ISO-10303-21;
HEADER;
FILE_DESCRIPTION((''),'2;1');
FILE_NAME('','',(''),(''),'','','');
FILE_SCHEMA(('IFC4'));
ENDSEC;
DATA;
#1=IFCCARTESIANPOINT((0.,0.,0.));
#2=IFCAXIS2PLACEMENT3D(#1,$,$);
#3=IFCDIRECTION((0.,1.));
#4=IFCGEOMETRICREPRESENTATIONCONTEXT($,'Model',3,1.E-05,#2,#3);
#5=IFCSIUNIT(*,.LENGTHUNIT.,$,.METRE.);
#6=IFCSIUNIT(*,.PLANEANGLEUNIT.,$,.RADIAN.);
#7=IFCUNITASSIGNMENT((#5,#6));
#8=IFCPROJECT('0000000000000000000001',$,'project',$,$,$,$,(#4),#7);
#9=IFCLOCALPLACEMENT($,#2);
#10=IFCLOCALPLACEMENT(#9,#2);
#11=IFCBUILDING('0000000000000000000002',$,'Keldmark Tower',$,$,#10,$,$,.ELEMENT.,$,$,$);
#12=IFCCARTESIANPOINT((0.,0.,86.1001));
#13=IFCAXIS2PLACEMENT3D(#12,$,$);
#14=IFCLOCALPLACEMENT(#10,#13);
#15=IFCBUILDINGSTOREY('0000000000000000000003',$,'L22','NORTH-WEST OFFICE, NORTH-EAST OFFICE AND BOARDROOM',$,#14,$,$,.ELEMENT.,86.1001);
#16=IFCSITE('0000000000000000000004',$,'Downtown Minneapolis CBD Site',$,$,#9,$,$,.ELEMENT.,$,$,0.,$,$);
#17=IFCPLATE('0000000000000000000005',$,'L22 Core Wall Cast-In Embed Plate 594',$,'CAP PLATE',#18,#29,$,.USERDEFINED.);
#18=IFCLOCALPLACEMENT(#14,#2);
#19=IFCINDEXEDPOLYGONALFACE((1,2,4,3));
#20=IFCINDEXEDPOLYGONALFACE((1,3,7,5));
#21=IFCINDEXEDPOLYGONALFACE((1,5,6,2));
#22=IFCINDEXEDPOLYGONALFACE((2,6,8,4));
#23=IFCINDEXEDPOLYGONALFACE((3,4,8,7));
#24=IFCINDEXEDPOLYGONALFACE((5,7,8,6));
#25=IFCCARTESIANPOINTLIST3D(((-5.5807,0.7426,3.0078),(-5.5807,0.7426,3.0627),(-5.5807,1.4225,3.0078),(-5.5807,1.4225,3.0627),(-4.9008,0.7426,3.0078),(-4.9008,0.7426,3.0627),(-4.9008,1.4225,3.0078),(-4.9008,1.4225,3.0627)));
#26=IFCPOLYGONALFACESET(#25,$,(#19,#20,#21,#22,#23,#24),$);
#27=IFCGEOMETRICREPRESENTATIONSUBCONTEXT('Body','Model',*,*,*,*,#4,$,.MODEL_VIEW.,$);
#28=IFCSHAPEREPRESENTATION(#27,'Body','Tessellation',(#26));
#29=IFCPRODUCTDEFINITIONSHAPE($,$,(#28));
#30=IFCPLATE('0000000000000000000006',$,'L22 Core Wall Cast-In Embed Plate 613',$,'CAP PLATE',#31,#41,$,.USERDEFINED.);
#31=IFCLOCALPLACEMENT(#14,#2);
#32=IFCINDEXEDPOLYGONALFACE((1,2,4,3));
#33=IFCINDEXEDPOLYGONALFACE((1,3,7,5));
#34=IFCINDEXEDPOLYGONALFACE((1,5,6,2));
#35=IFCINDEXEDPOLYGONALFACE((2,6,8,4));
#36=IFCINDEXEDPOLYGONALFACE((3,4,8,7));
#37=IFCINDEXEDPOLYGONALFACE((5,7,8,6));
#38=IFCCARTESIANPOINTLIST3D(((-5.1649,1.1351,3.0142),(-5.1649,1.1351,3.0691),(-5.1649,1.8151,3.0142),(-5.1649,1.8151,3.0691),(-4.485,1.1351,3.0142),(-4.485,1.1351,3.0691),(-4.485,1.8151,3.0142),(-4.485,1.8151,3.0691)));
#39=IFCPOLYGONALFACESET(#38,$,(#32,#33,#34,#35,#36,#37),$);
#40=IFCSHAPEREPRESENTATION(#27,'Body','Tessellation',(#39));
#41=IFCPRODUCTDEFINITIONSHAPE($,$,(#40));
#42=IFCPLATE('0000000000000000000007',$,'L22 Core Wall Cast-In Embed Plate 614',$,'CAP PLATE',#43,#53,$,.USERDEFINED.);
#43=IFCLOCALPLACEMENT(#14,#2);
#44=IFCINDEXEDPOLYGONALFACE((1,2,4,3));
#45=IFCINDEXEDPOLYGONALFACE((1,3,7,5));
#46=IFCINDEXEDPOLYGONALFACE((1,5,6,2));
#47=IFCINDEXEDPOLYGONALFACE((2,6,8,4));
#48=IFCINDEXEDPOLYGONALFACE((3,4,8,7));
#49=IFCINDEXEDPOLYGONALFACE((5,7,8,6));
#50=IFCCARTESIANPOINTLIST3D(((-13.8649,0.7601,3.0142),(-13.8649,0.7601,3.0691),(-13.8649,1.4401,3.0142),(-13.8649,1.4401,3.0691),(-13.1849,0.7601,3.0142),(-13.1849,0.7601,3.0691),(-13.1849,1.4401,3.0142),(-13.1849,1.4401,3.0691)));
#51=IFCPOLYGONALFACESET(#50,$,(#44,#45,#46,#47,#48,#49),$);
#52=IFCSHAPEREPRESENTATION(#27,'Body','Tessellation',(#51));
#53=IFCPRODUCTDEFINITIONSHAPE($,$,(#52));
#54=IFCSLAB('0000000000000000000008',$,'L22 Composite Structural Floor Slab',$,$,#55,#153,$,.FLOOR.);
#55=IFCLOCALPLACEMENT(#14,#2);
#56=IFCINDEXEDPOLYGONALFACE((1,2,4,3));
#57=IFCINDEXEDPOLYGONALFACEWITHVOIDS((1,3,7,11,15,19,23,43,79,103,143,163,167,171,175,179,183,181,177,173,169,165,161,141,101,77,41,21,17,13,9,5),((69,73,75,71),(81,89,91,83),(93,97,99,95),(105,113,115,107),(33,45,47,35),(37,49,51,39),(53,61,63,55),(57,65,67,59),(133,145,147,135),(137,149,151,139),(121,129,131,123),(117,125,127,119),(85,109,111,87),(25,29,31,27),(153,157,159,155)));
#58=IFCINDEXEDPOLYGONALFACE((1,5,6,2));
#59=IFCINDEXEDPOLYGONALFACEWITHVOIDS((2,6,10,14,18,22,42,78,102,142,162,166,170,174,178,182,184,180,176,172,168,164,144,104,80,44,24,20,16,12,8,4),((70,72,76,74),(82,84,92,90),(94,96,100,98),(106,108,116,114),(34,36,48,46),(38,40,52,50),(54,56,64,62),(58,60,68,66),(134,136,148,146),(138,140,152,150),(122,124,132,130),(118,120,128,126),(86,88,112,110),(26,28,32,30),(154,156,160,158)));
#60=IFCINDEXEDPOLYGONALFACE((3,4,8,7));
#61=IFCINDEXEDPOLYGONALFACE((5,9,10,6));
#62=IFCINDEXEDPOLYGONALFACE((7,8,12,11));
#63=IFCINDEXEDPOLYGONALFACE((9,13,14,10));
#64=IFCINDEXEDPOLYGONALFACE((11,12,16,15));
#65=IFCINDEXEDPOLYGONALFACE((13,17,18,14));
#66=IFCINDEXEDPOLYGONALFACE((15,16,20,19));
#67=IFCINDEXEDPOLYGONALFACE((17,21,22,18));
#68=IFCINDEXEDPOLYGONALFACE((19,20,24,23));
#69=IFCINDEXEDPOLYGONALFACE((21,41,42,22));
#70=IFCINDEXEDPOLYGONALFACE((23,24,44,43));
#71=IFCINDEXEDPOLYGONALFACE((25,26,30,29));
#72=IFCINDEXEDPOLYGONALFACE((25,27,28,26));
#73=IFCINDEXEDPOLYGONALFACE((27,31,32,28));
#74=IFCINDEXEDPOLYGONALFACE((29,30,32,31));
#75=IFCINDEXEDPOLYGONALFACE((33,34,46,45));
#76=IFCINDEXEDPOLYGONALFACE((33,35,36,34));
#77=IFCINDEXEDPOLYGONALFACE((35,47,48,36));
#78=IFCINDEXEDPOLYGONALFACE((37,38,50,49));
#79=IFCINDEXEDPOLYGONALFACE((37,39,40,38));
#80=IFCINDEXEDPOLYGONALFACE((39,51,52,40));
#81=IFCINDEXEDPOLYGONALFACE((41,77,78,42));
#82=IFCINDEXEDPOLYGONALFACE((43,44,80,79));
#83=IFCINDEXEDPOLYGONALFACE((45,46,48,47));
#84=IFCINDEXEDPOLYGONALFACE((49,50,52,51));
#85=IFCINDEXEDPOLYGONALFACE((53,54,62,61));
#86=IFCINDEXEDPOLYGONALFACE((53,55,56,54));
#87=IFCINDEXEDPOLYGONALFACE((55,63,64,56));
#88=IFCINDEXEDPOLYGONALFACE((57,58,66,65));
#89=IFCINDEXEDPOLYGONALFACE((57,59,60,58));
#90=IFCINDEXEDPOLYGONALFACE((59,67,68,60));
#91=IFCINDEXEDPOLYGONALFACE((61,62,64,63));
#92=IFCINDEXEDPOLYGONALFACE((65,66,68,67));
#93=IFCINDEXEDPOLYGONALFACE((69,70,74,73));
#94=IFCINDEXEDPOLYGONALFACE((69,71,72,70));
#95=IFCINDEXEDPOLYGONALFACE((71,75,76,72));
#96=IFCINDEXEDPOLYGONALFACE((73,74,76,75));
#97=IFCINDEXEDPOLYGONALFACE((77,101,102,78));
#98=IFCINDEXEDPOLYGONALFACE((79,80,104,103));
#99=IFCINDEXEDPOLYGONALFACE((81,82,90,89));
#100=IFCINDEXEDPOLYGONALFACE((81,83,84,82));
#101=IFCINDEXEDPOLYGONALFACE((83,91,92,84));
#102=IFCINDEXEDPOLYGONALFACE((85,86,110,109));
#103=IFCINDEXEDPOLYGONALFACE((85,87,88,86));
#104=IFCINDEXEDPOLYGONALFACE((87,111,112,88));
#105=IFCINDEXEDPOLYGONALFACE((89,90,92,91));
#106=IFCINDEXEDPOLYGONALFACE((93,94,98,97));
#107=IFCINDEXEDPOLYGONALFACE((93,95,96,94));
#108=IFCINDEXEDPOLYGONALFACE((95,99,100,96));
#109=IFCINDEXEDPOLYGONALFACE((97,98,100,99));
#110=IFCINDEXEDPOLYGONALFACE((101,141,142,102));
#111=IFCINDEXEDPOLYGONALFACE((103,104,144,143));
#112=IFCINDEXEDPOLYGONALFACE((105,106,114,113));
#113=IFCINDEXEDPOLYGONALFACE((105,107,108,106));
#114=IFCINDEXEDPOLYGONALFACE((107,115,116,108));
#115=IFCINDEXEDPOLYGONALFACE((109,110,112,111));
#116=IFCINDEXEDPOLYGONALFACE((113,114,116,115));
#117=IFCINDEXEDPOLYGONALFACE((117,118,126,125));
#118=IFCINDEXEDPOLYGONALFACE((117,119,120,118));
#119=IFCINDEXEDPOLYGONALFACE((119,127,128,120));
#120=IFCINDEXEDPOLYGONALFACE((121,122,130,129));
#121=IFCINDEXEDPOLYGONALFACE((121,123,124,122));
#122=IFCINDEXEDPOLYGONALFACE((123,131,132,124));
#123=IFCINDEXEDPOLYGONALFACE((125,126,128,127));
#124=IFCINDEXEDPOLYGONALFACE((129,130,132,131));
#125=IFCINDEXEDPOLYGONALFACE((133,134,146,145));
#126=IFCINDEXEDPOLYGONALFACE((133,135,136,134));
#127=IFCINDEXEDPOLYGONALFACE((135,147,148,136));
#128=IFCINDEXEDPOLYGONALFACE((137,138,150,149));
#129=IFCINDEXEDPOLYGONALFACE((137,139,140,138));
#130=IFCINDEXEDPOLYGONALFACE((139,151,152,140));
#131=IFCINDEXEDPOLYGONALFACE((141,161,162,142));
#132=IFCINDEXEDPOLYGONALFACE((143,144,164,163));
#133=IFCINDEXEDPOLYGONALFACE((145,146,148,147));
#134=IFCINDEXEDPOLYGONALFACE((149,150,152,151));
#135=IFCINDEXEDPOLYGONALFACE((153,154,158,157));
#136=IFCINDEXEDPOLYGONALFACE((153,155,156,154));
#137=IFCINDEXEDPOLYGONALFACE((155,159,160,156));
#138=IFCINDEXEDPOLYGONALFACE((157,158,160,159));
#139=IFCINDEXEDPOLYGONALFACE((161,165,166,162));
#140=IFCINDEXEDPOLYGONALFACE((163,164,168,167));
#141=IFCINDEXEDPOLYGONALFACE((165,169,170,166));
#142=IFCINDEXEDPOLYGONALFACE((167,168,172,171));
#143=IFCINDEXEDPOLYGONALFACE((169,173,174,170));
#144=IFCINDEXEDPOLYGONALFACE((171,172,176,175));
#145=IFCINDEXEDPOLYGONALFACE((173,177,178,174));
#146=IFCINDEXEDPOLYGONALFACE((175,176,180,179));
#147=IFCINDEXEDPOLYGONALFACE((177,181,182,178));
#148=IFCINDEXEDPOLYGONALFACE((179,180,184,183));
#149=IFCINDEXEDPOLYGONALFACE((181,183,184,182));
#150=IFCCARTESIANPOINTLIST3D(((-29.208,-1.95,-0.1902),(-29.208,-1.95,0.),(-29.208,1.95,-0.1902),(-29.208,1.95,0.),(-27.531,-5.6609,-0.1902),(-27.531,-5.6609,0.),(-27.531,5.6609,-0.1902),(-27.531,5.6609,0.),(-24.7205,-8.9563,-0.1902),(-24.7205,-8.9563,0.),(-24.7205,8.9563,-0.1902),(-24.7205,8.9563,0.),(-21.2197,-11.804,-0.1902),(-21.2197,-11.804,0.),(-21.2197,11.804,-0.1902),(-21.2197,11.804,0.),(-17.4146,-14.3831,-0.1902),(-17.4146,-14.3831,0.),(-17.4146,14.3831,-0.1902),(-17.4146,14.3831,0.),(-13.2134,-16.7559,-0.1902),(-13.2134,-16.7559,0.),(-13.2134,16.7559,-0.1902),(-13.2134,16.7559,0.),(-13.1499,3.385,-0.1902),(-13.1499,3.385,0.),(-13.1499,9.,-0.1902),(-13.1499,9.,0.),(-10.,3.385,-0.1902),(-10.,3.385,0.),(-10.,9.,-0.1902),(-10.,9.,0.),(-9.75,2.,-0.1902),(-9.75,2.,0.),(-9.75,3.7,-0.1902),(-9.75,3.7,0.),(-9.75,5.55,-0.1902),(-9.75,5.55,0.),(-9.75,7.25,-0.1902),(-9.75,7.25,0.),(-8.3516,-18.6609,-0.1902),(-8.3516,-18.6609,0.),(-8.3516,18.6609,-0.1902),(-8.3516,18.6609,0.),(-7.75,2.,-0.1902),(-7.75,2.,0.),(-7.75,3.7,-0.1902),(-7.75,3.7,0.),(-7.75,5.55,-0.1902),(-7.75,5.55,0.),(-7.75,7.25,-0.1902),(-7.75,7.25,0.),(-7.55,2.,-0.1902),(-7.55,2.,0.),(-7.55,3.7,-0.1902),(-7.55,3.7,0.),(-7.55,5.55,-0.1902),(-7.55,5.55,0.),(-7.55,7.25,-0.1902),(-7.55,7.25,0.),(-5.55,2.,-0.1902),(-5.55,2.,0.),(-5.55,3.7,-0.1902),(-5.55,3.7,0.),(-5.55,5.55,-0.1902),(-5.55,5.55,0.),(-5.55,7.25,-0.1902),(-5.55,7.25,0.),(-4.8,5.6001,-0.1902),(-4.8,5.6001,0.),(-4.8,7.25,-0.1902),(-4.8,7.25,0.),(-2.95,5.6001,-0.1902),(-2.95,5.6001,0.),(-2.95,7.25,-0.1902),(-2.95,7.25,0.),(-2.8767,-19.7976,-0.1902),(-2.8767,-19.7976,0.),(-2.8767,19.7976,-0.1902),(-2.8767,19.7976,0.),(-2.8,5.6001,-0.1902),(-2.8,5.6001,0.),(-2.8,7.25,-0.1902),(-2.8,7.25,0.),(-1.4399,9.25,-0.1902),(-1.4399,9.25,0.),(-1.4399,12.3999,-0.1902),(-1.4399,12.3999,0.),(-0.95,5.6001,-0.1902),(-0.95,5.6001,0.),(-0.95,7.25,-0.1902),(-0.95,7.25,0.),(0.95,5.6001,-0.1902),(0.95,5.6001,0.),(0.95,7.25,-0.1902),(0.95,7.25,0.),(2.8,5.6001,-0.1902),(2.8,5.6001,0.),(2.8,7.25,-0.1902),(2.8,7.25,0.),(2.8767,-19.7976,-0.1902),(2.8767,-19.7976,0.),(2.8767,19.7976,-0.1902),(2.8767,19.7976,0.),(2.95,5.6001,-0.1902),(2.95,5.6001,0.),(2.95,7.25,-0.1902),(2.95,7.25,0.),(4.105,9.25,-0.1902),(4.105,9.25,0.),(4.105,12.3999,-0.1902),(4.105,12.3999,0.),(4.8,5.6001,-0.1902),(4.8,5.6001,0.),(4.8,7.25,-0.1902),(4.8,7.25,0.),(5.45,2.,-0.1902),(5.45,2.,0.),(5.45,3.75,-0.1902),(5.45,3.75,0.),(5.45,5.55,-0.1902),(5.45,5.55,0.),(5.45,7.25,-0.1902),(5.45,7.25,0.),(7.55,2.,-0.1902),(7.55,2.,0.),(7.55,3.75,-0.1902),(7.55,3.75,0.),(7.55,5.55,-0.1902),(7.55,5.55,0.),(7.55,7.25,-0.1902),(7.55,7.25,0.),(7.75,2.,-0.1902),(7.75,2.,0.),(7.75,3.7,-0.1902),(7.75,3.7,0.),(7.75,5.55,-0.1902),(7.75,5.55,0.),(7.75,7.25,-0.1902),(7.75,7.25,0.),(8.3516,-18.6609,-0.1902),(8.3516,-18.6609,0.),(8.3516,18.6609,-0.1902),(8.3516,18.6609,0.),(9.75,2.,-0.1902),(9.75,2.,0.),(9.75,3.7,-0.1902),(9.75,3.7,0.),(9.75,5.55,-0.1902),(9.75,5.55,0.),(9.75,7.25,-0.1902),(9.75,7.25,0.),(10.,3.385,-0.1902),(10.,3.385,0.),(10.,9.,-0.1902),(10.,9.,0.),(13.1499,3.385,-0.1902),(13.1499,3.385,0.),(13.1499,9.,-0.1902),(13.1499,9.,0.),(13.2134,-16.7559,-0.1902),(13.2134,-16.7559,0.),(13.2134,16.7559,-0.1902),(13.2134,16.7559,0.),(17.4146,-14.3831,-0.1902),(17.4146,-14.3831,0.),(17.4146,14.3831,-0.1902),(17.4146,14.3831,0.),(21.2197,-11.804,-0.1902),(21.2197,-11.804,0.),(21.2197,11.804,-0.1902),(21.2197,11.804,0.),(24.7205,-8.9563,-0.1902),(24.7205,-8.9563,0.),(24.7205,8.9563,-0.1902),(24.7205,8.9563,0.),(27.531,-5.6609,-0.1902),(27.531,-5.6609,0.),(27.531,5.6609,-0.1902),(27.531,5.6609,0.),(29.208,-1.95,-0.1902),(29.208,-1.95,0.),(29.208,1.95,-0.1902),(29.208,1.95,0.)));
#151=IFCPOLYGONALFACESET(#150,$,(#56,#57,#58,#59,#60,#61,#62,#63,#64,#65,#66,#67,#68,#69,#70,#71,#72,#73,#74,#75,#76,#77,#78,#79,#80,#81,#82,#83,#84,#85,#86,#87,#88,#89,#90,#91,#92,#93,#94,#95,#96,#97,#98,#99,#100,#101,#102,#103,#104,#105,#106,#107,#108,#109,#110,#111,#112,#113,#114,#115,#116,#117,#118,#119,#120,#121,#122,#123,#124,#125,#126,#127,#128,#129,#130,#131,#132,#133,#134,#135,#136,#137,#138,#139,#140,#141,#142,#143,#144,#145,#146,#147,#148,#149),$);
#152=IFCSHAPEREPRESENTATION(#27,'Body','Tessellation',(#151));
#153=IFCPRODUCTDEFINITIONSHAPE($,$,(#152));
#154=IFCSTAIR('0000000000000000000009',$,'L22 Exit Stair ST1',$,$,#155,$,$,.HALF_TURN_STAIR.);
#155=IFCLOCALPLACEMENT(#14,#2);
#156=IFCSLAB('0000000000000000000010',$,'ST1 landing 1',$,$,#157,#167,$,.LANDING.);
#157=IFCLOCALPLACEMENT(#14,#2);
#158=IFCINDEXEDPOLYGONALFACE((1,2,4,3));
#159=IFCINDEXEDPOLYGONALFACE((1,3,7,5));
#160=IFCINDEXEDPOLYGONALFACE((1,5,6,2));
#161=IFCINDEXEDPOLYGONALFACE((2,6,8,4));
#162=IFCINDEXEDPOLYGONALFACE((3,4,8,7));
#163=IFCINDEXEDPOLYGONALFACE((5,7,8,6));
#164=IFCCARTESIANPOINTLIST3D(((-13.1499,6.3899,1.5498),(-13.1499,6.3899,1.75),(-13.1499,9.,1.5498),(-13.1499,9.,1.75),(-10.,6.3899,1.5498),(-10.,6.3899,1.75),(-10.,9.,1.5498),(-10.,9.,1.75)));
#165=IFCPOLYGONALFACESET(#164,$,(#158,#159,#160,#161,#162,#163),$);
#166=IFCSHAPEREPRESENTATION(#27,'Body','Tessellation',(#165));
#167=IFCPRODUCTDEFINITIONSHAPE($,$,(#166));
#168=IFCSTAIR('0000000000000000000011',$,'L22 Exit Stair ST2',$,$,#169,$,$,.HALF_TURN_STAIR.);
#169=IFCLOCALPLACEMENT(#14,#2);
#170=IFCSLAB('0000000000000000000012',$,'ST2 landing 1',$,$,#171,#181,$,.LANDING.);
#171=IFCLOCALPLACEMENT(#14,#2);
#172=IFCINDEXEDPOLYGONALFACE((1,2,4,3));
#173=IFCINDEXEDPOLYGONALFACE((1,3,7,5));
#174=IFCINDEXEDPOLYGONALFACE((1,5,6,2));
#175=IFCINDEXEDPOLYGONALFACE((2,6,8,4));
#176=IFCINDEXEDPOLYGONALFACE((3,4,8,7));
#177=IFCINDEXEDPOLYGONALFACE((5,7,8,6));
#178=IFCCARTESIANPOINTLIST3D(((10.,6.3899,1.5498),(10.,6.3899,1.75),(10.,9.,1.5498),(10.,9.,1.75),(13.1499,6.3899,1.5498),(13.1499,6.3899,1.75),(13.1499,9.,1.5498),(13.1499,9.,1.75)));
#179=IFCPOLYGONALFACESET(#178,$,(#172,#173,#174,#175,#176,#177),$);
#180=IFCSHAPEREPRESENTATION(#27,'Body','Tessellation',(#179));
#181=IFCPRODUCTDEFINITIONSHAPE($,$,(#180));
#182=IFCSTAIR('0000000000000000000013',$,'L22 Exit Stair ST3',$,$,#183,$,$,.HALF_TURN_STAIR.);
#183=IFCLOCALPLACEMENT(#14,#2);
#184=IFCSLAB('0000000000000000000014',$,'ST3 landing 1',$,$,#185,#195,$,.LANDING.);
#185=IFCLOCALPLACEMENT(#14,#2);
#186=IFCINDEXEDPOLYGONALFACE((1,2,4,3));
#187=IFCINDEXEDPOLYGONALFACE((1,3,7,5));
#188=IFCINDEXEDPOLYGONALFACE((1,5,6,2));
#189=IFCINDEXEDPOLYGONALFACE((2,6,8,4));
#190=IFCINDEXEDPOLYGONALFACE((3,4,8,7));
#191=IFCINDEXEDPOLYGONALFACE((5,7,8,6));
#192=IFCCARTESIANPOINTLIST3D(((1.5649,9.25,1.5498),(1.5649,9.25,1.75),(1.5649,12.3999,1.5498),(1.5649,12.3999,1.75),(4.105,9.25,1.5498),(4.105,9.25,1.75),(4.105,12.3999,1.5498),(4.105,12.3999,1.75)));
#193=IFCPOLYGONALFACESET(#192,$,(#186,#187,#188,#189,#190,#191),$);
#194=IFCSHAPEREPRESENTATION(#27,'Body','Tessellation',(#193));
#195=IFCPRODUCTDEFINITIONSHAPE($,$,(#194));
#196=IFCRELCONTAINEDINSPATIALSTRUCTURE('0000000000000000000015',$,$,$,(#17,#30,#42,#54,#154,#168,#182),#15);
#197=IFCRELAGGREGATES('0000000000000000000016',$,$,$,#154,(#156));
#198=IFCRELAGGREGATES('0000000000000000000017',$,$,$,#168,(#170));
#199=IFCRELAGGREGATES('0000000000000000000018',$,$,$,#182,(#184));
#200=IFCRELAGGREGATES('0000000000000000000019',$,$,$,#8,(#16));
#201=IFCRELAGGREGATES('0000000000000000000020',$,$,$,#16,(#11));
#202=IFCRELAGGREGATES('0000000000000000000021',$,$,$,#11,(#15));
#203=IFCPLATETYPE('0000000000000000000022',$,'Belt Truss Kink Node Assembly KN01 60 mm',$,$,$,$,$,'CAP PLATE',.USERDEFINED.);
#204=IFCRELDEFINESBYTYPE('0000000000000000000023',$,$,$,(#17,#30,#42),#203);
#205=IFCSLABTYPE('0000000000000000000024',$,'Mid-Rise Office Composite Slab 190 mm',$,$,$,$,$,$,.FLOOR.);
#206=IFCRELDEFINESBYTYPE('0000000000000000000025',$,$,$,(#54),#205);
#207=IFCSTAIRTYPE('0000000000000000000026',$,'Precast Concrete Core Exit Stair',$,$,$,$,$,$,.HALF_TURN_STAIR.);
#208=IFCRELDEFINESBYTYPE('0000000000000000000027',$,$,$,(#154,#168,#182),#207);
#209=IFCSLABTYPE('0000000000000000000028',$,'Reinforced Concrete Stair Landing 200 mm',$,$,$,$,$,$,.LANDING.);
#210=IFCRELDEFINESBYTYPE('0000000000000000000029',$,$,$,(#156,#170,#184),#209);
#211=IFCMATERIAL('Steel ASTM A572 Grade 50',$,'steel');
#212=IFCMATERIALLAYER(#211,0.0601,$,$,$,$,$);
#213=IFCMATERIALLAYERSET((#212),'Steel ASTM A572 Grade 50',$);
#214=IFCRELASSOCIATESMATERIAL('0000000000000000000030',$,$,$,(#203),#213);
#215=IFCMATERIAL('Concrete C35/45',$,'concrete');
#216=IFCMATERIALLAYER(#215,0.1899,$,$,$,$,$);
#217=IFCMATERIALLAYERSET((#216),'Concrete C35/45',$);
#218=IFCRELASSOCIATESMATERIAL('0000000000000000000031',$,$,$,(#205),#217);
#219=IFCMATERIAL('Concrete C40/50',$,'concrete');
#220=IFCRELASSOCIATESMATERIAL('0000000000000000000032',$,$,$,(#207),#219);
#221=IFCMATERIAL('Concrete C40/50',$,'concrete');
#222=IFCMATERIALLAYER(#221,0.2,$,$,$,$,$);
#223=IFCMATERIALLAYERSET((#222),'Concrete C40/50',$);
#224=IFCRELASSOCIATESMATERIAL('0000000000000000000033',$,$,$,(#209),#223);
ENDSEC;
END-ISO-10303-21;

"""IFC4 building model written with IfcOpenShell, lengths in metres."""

from ifc_helpers import new_model, si_unit, direction, frame, origin, origin_2d, place, context, subcontext, project, spatial, polyline, rectangle, outline, extrude, material, layer, layer_set, type_object, element, aggregate, save


model = new_model("IFC4")

# Units and contexts
model_context = context("Model", 3, precision=1e-05, world=origin(), true_north=direction((0.0, 1.0)))
body_context = subcontext(model_context, "Body", "Model", "MODEL_VIEW")
ifc_project = project(units=[si_unit("LENGTHUNIT", "METRE"), si_unit("PLANEANGLEUNIT", "RADIAN")], contexts=[model_context])

# Site, building, storey
site_placement = place(None, origin())
site = spatial("IfcSite", under=ifc_project, at=site_placement, Name="Downtown Minneapolis CBD Site", CompositionType="ELEMENT", RefElevation=0.0)
building_placement = place(site_placement, origin())
building = spatial("IfcBuilding", under=site, at=building_placement, Name="Keldmark Tower", CompositionType="ELEMENT")
storey_placement = place(building_placement, frame((0.0, 0.0, 86.1001)))
storey = spatial("IfcBuildingStorey", under=building, at=storey_placement, Name="L22", Description="NORTH-WEST OFFICE, NORTH-EAST OFFICE AND BOARDROOM", CompositionType="ELEMENT", Elevation=86.1001)

# Plates
ifc_material_1 = material(Name="Steel ASTM A572 Grade 50", Category="steel")
ifc_layer_1 = layer(ifc_material_1, 0.0601)
ifc_layer_set_1 = layer_set([ifc_layer_1], Name="Steel ASTM A572 Grade 50")
plate_type = type_object("IfcPlateType", Name="Belt Truss Kink Node Assembly KN01 60 mm", ElementType="CAP PLATE", PredefinedType="USERDEFINED", material=ifc_layer_set_1)
for number, where, z_axis, x_axis, name in (
    (1, (-5.2407, 1.0825, 3.0078), (0.0, 0.0, 1.0), (1.0, 0.0, 0.0), "L22 Core Wall Cast-In Embed Plate 594"),
    (2, (-4.825, 1.4751, 3.0142), (0.0, 0.0, 1.0), (1.0, 0.0, 0.0), "L22 Core Wall Cast-In Embed Plate 613"),
    (3, (-13.5249, 1.1001, 3.0142), (0.0, 0.0, 1.0), (1.0, 0.0, 0.0), "L22 Core Wall Cast-In Embed Plate 614"),
):
    element("IfcPlate", number, at=place(storey_placement, frame(where, z_axis=z_axis, x_axis=x_axis)), inside=storey, type_object=plate_type, Name=name, ObjectType="CAP PLATE", PredefinedType="USERDEFINED", context=body_context, shape_type="SweptSolid", body=[
        extrude(rectangle(XDim=0.6799, YDim=0.6799, at=origin_2d()), origin(), (0.0, 0.0, 1.0), 0.0549),
    ])

# Slab
ifc_material_2 = material(Name="Concrete C35/45", Category="concrete")
ifc_layer_2 = layer(ifc_material_2, 0.1899)
ifc_layer_set_2 = layer_set([ifc_layer_2], Name="Concrete C35/45")
slab_type_1 = type_object("IfcSlabType", Name="Mid-Rise Office Composite Slab 190 mm", PredefinedType="FLOOR", material=ifc_layer_set_2)
slab_1_placement = place(storey_placement, frame((0.0, 0.0, -0.1902)))
element("IfcSlab", 4, at=slab_1_placement, inside=storey, type_object=slab_type_1, Name="L22 Composite Structural Floor Slab", PredefinedType="FLOOR", context=body_context, shape_type="SweptSolid", body=[
    extrude(outline(polyline([(29.208, 1.95), (27.531, 5.6609), (24.7205, 8.9563), (21.2197, 11.804), (17.4146, 14.3831), (13.2134, 16.7559), (8.3516, 18.6609), (2.8767, 19.7976), (-2.8767, 19.7976), (-8.3516, 18.6609), (-13.2134, 16.7559), (-17.4146, 14.3831), (-21.2197, 11.804), (-24.7205, 8.9563), (-27.531, 5.6609), (-29.208, 1.95), (-29.208, -1.95), (-27.531, -5.6609), (-24.7205, -8.9563), (-21.2197, -11.804), (-17.4146, -14.3831), (-13.2134, -16.7559), (-8.3516, -18.6609), (-2.8767, -19.7976), (2.8767, -19.7976), (8.3516, -18.6609), (13.2134, -16.7559), (17.4146, -14.3831), (21.2197, -11.804), (24.7205, -8.9563), (27.531, -5.6609), (29.208, -1.95), (29.208, 1.95)]), holes=[polyline([(-10.0, 3.385), (-10.0, 9.0), (-13.1499, 9.0), (-13.1499, 3.385), (-10.0, 3.385)]), polyline([(13.1499, 3.385), (13.1499, 9.0), (10.0, 9.0), (10.0, 3.385), (13.1499, 3.385)]), polyline([(-1.4399, 9.25), (4.105, 9.25), (4.105, 12.3999), (-1.4399, 12.3999), (-1.4399, 9.25)]), polyline([(-9.75, 2.0), (-7.75, 2.0), (-7.75, 3.7), (-9.75, 3.7), (-9.75, 2.0)]), polyline([(7.75, 2.0), (9.75, 2.0), (9.75, 3.7), (7.75, 3.7), (7.75, 2.0)]), polyline([(5.45, 2.0), (7.55, 2.0), (7.55, 3.75), (5.45, 3.75), (5.45, 2.0)]), polyline([(-4.8, 5.6001), (-2.95, 5.6001), (-2.95, 7.25), (-4.8, 7.25), (-4.8, 5.6001)]), polyline([(-2.8, 5.6001), (-0.95, 5.6001), (-0.95, 7.25), (-2.8, 7.25), (-2.8, 5.6001)]), polyline([(0.95, 5.6001), (2.8, 5.6001), (2.8, 7.25), (0.95, 7.25), (0.95, 5.6001)]), polyline([(2.95, 5.6001), (4.8, 5.6001), (4.8, 7.25), (2.95, 7.25), (2.95, 5.6001)]), polyline([(-9.75, 5.55), (-7.75, 5.55), (-7.75, 7.25), (-9.75, 7.25), (-9.75, 5.55)]), polyline([(-7.55, 5.55), (-5.55, 5.55), (-5.55, 7.25), (-7.55, 7.25), (-7.55, 5.55)]), polyline([(-7.55, 2.0), (-5.55, 2.0), (-5.55, 3.7), (-7.55, 3.7), (-7.55, 2.0)]), polyline([(5.45, 5.55), (7.55, 5.55), (7.55, 7.25), (5.45, 7.25), (5.45, 5.55)]), polyline([(7.75, 5.55), (9.75, 5.55), (9.75, 7.25), (7.75, 7.25), (7.75, 5.55)])]), origin(), (0.0, 0.0, 1.0), 0.1902),
])

# Stairs, slabs
ifc_material_3 = material(Name="Concrete C40/50", Category="concrete")
stair_type = type_object("IfcStairType", Name="Precast Concrete Core Exit Stair", PredefinedType="HALF_TURN_STAIR", material=ifc_material_3)
stair_1_placement = place(storey_placement, origin())
stair_1 = element("IfcStair", 5, at=stair_1_placement, inside=storey, type_object=stair_type, Name="L22 Exit Stair ST1", PredefinedType="HALF_TURN_STAIR")
ifc_material_4 = material(Name="Concrete C40/50", Category="concrete")
ifc_layer_3 = layer(ifc_material_4, 0.2)
ifc_layer_set_3 = layer_set([ifc_layer_3], Name="Concrete C40/50")
slab_type_2 = type_object("IfcSlabType", Name="Reinforced Concrete Stair Landing 200 mm", PredefinedType="LANDING", material=ifc_layer_set_3)
slab_2_placement = place(storey_placement, frame((0.0, 0.0, 1.5498)))
slab_2 = element("IfcSlab", 6, at=slab_2_placement, type_object=slab_type_2, Name="ST1 landing 1", PredefinedType="LANDING", context=body_context, shape_type="SweptSolid", body=[
    extrude(outline(polyline([(-10.0, 6.3899), (-10.0, 9.0), (-13.1499, 9.0), (-13.1499, 6.3899), (-10.0, 6.3899)])), origin(), (0.0, 0.0, 1.0), 0.2002),
])
aggregate(stair_1, [slab_2])
stair_2_placement = place(storey_placement, origin())
stair_2 = element("IfcStair", 7, at=stair_2_placement, inside=storey, type_object=stair_type, Name="L22 Exit Stair ST2", PredefinedType="HALF_TURN_STAIR")
slab_3_placement = place(storey_placement, frame((0.0, 0.0, 1.5498)))
slab_3 = element("IfcSlab", 8, at=slab_3_placement, type_object=slab_type_2, Name="ST2 landing 1", PredefinedType="LANDING", context=body_context, shape_type="SweptSolid", body=[
    extrude(outline(polyline([(13.1499, 6.3899), (13.1499, 9.0), (10.0, 9.0), (10.0, 6.3899), (13.1499, 6.3899)])), origin(), (0.0, 0.0, 1.0), 0.2002),
])
aggregate(stair_2, [slab_3])
stair_3_placement = place(storey_placement, origin())
stair_3 = element("IfcStair", 9, at=stair_3_placement, inside=storey, type_object=stair_type, Name="L22 Exit Stair ST3", PredefinedType="HALF_TURN_STAIR")
slab_4_placement = place(storey_placement, frame((0.0, 0.0, 1.5498)))
slab_4 = element("IfcSlab", 10, at=slab_4_placement, type_object=slab_type_2, Name="ST3 landing 1", PredefinedType="LANDING", context=body_context, shape_type="SweptSolid", body=[
    extrude(outline(polyline([(1.5649, 9.25), (4.105, 9.25), (4.105, 12.3999), (1.5649, 12.3999), (1.5649, 9.25)])), origin(), (0.0, 0.0, 1.0), 0.2002),
])
aggregate(stair_3, [slab_4])

save(model, "model.ifc")
